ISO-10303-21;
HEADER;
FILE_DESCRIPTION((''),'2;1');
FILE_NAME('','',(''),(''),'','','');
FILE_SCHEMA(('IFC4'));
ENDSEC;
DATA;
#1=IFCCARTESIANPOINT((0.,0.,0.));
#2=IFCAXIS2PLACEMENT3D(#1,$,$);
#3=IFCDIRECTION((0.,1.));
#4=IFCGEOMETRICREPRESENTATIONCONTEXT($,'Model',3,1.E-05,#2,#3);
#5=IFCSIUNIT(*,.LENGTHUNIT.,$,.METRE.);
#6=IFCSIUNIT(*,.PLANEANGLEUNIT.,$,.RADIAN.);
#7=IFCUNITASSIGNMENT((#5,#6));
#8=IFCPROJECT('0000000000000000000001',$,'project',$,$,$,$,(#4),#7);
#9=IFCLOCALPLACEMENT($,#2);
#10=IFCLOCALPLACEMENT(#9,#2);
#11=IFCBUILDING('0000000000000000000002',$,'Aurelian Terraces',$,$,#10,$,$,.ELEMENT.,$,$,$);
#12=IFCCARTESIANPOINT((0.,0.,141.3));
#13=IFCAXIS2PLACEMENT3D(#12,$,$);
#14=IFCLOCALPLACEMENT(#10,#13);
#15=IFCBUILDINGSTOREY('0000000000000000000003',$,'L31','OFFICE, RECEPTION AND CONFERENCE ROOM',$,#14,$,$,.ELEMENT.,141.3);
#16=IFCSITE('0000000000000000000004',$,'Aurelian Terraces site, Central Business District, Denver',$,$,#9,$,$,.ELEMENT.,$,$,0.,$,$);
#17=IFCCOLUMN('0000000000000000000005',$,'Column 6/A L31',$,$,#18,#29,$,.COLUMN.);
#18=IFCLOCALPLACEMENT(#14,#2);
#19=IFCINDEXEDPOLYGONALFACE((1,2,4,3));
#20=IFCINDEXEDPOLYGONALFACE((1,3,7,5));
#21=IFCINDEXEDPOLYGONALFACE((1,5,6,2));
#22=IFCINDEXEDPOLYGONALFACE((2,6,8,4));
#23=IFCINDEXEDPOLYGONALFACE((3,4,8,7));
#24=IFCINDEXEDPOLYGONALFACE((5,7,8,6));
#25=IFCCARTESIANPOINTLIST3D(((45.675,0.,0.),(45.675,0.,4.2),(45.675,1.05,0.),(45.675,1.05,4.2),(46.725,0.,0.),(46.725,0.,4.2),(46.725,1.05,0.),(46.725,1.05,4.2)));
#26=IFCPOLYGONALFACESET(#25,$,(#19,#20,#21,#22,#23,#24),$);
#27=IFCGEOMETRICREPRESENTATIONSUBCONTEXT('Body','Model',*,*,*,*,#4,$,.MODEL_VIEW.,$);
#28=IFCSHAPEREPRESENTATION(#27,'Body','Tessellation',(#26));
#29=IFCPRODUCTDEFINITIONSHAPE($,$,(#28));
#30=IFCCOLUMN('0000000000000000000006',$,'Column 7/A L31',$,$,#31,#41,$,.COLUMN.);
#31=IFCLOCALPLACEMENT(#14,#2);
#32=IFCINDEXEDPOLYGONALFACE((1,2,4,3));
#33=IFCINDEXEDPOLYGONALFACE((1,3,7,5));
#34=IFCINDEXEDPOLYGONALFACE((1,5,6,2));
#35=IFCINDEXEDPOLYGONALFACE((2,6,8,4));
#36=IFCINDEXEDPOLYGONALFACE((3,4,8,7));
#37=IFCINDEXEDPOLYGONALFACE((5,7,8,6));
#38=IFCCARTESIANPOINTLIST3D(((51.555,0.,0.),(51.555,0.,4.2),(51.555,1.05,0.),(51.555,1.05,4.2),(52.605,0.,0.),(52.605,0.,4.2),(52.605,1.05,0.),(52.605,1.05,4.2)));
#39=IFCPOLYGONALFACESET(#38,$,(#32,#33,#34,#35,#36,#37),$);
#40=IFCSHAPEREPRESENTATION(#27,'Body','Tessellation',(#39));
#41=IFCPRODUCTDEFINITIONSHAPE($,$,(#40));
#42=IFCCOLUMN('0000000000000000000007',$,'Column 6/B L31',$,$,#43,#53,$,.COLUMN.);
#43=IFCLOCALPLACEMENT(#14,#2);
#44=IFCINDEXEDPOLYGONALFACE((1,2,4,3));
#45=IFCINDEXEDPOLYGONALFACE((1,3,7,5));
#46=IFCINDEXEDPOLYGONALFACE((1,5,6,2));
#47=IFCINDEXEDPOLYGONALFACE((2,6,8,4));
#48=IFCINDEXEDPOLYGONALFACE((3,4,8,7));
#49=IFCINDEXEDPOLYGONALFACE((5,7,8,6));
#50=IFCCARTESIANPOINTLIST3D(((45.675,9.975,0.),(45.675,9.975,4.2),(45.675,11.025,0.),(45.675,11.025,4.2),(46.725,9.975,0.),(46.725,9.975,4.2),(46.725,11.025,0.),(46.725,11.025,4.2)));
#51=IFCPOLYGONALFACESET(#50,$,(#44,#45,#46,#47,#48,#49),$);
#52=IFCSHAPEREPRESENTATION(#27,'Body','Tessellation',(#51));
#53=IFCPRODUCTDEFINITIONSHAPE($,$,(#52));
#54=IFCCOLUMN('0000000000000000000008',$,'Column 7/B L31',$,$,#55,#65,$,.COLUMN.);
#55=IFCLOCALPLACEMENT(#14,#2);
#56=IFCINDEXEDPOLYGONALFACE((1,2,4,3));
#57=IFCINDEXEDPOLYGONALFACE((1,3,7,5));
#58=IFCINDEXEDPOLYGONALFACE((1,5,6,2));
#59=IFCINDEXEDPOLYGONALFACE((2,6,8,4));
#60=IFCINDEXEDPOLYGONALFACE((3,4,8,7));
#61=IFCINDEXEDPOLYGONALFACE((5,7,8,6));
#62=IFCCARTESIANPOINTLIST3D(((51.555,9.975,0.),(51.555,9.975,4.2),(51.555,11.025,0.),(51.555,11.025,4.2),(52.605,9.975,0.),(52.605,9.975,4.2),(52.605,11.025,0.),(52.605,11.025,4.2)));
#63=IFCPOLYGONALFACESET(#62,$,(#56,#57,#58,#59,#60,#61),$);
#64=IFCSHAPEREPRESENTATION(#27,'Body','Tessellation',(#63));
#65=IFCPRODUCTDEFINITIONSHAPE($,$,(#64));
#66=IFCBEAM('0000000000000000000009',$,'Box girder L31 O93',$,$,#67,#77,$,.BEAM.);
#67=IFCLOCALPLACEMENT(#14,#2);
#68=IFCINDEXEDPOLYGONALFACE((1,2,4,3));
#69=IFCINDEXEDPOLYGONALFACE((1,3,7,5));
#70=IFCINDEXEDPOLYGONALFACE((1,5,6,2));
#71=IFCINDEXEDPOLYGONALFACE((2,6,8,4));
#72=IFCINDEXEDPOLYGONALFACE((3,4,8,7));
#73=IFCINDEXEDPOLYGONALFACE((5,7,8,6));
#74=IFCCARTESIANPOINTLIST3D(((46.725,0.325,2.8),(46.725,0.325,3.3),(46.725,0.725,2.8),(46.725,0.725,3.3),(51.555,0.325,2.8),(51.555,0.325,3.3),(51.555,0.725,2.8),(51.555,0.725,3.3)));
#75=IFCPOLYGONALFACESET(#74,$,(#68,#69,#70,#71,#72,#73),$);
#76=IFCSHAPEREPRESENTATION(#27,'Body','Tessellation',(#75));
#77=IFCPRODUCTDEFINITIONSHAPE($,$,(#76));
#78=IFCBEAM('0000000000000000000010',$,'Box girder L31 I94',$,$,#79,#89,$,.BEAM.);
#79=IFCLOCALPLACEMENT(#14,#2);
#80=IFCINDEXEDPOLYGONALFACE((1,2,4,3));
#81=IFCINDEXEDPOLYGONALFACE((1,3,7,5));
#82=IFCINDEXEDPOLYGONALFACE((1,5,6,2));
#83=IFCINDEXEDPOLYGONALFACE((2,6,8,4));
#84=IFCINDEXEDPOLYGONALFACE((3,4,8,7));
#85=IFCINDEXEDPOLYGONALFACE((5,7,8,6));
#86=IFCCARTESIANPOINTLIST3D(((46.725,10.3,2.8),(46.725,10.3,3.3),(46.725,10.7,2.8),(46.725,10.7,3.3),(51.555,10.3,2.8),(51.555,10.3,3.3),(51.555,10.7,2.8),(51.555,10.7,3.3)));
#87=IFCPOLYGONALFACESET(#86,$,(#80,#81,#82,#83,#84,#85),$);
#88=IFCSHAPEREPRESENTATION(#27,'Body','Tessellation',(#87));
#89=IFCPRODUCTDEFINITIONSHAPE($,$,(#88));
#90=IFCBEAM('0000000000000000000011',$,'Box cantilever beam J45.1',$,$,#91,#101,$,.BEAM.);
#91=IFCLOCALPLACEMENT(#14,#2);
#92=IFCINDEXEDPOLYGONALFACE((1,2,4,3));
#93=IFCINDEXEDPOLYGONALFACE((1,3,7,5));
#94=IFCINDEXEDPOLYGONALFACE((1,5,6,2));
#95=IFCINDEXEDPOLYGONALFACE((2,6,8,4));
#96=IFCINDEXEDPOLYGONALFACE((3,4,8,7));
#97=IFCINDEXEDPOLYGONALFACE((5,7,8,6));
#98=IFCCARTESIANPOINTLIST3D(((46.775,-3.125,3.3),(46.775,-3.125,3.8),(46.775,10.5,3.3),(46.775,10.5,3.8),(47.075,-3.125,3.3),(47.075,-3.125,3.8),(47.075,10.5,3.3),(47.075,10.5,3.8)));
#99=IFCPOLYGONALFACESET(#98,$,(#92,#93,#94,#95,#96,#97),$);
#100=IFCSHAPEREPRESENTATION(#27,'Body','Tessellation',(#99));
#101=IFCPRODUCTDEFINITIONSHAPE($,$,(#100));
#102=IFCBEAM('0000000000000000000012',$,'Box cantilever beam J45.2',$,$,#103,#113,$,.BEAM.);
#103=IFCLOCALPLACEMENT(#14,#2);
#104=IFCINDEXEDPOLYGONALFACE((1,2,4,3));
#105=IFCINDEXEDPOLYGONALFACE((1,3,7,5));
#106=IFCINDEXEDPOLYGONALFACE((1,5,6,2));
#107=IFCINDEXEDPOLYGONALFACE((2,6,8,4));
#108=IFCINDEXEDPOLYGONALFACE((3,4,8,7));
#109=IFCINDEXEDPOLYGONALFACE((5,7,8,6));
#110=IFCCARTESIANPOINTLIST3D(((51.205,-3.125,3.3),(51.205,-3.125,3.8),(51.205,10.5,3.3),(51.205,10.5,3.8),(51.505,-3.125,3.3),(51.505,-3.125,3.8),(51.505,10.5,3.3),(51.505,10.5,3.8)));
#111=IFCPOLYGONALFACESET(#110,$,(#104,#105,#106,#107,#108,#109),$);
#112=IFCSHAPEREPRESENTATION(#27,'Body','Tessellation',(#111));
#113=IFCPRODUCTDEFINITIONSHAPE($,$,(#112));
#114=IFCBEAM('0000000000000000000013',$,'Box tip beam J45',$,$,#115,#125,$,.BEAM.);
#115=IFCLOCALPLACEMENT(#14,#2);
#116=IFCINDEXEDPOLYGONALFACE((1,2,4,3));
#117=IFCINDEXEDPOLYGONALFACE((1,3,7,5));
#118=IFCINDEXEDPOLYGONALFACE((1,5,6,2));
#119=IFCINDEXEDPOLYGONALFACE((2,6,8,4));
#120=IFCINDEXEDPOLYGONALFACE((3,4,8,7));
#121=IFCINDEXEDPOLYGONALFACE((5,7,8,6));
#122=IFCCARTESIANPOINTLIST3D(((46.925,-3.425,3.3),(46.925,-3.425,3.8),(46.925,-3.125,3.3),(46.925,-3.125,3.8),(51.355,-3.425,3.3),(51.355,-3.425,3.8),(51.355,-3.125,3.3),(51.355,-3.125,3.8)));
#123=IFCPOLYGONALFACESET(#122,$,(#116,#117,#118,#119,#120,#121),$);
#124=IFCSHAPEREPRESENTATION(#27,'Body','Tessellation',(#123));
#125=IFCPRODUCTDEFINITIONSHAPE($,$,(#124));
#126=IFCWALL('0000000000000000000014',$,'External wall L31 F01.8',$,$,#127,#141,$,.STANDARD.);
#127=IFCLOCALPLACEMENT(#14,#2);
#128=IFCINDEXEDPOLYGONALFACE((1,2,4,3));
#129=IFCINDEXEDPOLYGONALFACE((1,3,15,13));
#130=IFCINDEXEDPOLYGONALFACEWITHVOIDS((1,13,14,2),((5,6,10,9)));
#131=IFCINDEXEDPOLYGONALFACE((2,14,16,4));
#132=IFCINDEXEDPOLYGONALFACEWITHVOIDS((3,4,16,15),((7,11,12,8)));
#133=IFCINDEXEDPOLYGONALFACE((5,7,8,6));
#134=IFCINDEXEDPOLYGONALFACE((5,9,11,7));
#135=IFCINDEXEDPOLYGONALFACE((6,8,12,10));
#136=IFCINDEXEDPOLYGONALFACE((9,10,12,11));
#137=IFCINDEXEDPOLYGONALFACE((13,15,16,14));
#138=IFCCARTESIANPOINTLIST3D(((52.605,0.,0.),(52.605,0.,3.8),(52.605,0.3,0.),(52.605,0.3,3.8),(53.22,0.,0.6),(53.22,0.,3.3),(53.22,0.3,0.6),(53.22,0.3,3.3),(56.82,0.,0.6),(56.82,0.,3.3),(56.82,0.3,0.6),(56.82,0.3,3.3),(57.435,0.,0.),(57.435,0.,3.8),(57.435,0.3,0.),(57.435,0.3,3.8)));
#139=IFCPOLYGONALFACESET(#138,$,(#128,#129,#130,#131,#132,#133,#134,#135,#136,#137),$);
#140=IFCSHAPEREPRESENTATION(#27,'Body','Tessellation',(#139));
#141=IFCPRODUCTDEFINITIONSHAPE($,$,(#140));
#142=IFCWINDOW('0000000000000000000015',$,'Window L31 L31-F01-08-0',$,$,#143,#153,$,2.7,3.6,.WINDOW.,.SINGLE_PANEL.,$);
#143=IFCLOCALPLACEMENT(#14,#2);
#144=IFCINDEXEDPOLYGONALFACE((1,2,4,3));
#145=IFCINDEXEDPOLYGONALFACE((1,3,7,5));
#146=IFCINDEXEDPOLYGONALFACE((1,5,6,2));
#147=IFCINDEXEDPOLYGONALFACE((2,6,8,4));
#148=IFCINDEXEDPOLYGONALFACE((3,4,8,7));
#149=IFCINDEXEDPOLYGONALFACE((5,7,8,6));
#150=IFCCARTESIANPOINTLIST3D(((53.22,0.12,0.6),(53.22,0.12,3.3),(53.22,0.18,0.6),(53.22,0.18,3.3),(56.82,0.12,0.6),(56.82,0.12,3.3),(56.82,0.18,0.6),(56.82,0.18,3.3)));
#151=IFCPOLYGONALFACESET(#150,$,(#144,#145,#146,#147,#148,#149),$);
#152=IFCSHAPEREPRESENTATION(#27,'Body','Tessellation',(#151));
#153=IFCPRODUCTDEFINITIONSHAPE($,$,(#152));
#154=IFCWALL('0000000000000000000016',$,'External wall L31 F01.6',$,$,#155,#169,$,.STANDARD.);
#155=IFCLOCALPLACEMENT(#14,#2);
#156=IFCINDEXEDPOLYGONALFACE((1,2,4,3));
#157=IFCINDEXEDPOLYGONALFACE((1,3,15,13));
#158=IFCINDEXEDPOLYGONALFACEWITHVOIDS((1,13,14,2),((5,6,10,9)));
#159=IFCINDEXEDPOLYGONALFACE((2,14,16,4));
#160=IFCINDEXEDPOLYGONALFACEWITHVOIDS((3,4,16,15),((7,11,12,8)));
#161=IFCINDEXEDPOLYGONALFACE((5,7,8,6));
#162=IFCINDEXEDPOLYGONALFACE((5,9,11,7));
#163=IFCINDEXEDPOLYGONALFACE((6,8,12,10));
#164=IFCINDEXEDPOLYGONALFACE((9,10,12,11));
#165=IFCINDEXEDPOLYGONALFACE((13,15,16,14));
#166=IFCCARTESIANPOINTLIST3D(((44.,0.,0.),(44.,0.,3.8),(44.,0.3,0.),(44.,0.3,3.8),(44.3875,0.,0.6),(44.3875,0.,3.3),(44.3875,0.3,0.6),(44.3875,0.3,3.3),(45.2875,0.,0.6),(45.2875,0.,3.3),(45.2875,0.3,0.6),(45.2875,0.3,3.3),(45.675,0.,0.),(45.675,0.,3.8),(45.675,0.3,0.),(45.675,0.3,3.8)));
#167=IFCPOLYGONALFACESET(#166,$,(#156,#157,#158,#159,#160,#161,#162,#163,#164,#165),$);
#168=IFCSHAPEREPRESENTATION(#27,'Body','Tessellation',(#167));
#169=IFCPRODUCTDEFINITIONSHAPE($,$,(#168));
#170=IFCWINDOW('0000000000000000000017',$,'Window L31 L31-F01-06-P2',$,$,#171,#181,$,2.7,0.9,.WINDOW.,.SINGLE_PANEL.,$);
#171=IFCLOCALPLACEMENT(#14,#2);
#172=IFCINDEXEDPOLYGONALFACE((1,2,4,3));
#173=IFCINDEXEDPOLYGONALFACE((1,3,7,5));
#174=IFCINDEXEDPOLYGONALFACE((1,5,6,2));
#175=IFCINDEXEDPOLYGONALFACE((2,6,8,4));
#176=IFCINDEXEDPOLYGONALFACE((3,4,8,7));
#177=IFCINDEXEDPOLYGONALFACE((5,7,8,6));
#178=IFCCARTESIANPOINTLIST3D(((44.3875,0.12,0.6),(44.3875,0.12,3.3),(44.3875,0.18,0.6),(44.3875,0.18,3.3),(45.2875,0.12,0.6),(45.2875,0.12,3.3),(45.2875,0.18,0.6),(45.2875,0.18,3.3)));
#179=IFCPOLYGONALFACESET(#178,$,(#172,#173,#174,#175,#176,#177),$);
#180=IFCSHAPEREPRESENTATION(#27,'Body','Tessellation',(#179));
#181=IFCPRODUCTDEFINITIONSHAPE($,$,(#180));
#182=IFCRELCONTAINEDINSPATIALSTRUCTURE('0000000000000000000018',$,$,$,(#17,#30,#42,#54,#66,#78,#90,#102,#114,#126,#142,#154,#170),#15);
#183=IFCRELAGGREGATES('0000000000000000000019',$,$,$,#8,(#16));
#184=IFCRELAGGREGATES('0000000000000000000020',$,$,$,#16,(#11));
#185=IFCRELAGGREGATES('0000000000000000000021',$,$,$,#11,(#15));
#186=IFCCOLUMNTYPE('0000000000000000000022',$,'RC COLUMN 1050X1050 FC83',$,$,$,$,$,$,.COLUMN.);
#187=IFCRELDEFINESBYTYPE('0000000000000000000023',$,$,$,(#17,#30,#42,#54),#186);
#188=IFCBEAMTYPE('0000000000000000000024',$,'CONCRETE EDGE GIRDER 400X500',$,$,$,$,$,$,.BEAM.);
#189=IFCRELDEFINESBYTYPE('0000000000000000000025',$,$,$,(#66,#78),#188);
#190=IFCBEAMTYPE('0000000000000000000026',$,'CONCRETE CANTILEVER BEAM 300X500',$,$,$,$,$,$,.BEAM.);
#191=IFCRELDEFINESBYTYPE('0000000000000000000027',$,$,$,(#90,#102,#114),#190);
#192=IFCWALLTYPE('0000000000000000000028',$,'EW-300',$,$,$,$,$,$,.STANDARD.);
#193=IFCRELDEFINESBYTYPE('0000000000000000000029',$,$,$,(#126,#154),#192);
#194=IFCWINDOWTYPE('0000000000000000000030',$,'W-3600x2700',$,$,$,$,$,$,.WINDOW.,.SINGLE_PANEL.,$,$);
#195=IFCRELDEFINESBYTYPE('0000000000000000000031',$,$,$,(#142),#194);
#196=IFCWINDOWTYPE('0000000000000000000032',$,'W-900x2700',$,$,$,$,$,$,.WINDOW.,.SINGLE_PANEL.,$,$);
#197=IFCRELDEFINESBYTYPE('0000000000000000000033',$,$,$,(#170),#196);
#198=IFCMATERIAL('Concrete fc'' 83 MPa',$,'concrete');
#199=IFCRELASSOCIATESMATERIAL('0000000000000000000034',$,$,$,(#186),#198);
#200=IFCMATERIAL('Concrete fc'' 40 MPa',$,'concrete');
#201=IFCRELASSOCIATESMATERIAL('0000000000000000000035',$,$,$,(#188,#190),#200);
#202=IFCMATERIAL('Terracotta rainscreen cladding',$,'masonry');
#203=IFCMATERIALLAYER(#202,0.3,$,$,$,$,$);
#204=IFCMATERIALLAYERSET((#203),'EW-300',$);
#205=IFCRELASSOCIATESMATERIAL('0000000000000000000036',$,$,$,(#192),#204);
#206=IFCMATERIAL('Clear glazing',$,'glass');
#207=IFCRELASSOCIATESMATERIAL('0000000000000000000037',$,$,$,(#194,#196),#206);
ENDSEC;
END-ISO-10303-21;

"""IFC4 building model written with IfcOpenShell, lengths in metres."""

from ifc_helpers import new_model, si_unit, direction, frame, frame_2d, origin, origin_2d, place, context, subcontext, project, spatial, rectangle, extrude, source, transform, mapped, material, layer, layer_set, material_profile, profile_set, type_object, element, fill, save


model = new_model("IFC4")

# Units and contexts
model_context = context("Model", 3, precision=1e-05, world=origin(), true_north=direction((0.0, 1.0)))
body_context = subcontext(model_context, "Body", "Model", "MODEL_VIEW")
ifc_project = project(units=[si_unit("LENGTHUNIT", "METRE"), si_unit("PLANEANGLEUNIT", "RADIAN")], contexts=[model_context])

# Site, building, storey
site_placement = place(None, origin())
site = spatial("IfcSite", under=ifc_project, at=site_placement, Name="Aurelian Terraces site, Central Business District, Denver", CompositionType="ELEMENT", RefElevation=0.0)
building_placement = place(site_placement, origin())
building = spatial("IfcBuilding", under=site, at=building_placement, Name="Aurelian Terraces", CompositionType="ELEMENT")
storey_placement = place(building_placement, frame((0.0, 0.0, 141.3)))
storey = spatial("IfcBuildingStorey", under=building, at=storey_placement, Name="L31", Description="OFFICE, RECEPTION AND CONFERENCE ROOM", CompositionType="ELEMENT", Elevation=141.3)

# Columns
ifc_material_1 = material(Name="Concrete fc' 83 MPa", Category="concrete")
ifc_material_profile_1 = material_profile(ifc_material_1, rectangle(XDim=1.05, YDim=1.05, at=origin_2d()))
ifc_profile_set_1 = profile_set([ifc_material_profile_1], Name="Concrete fc' 83 MPa")
column_type = type_object("IfcColumnType", Name="RC COLUMN 1050X1050 FC83", PredefinedType="COLUMN", material=ifc_profile_set_1)
shared_shape_1 = source(origin(), body_context, "Body", "SweptSolid", [
    extrude(rectangle(XDim=1.05, YDim=1.05, at=origin_2d()), origin(), (0.0, 0.0, 1.0), 4.2),
])
for number, where, z_axis, x_axis, name in (
    (1, (46.2, 0.525, 0.0), (0.0, 0.0, 1.0), (1.0, 0.0, 0.0), "Column 6/A L31"),
    (2, (52.08, 0.525, 0.0), (0.0, 0.0, 1.0), (1.0, 0.0, 0.0), "Column 7/A L31"),
    (3, (46.2, 10.5, 0.0), (0.0, 0.0, 1.0), (1.0, 0.0, 0.0), "Column 6/B L31"),
    (4, (52.08, 10.5, 0.0), (0.0, 0.0, 1.0), (1.0, 0.0, 0.0), "Column 7/B L31"),
):
    element("IfcColumn", number, at=place(storey_placement, frame(where, z_axis=z_axis, x_axis=x_axis)), inside=storey, type_object=column_type, Name=name, PredefinedType="COLUMN", context=body_context, shape_type="MappedRepresentation", body=[
        mapped(shared_shape_1, transform((0.0, 0.0, 0.0), scale=1.0)),
    ])

# Beams
ifc_material_2 = material(Name="Concrete fc' 40 MPa", Category="concrete")
ifc_material_profile_2 = material_profile(ifc_material_2, rectangle(XDim=0.4, YDim=0.5, at=origin_2d()))
ifc_profile_set_2 = profile_set([ifc_material_profile_2], Name="Concrete fc' 40 MPa")
beam_type_1 = type_object("IfcBeamType", Name="CONCRETE EDGE GIRDER 400X500", PredefinedType="BEAM", material=ifc_profile_set_2)
shared_shape_2 = source(origin(), body_context, "Body", "SweptSolid", [
    extrude(rectangle(XDim=0.4, YDim=0.5, at=origin_2d()), origin(), (0.0, 0.0, 1.0), 4.83),
])
for number, where, z_axis, x_axis, name in (
    (5, (46.725, 0.525, 3.05), (1.0, 0.0, 0.0), (0.0, 1.0, 0.0), "Box girder L31 O93"),
    (6, (46.725, 10.5, 3.05), (1.0, 0.0, 0.0), (0.0, 1.0, 0.0), "Box girder L31 I94"),
):
    element("IfcBeam", number, at=place(storey_placement, frame(where, z_axis=z_axis, x_axis=x_axis)), inside=storey, type_object=beam_type_1, Name=name, PredefinedType="BEAM", context=body_context, shape_type="MappedRepresentation", body=[
        mapped(shared_shape_2, transform((0.0, 0.0, 0.0), scale=1.0)),
    ])
ifc_material_profile_3 = material_profile(ifc_material_2, rectangle(XDim=0.3, YDim=0.5, at=origin_2d()))
ifc_profile_set_3 = profile_set([ifc_material_profile_3], Name="Concrete fc' 40 MPa")
beam_type_2 = type_object("IfcBeamType", Name="CONCRETE CANTILEVER BEAM 300X500", PredefinedType="BEAM", material=ifc_profile_set_3)
shared_shape_3 = source(origin(), body_context, "Body", "SweptSolid", [
    extrude(rectangle(XDim=0.3, YDim=0.5, at=origin_2d()), origin(), (0.0, 0.0, 1.0), 13.625),
])
for number, where, z_axis, x_axis, name in (
    (7, (46.925, -3.125, 3.55), (0.0, 1.0, 0.0), (-1.0, 0.0, 0.0), "Box cantilever beam J45.1"),
    (8, (51.355, -3.125, 3.55), (0.0, 1.0, 0.0), (-1.0, 0.0, 0.0), "Box cantilever beam J45.2"),
):
    element("IfcBeam", number, at=place(storey_placement, frame(where, z_axis=z_axis, x_axis=x_axis)), inside=storey, type_object=beam_type_2, Name=name, PredefinedType="BEAM", context=body_context, shape_type="MappedRepresentation", body=[
        mapped(shared_shape_3, transform((0.0, 0.0, 0.0), scale=1.0)),
    ])
shared_shape_4 = source(origin(), body_context, "Body", "SweptSolid", [
    extrude(rectangle(XDim=0.3, YDim=0.5, at=origin_2d()), origin(), (0.0, 0.0, 1.0), 4.43),
])
beam_placement = place(storey_placement, frame((46.925, -3.275, 3.55), z_axis=(1.0, 0.0, 0.0), x_axis=(0.0, 1.0, 0.0)))
element("IfcBeam", 9, at=beam_placement, inside=storey, type_object=beam_type_2, Name="Box tip beam J45", PredefinedType="BEAM", context=body_context, shape_type="MappedRepresentation", body=[
    mapped(shared_shape_4, transform((0.0, 0.0, 0.0), scale=1.0)),
])

# Walls, openings, windows
ifc_material_3 = material(Name="Terracotta rainscreen cladding", Category="masonry")
ifc_layer_1 = layer(ifc_material_3, 0.3)
ifc_layer_set_1 = layer_set([ifc_layer_1], Name="EW-300")
wall_type_1 = type_object("IfcWallType", Name="EW-300", PredefinedType="STANDARD", material=ifc_layer_set_1)
shared_shape_5 = source(origin(), body_context, "Body", "SweptSolid", [
    extrude(rectangle(XDim=4.83, YDim=0.3, at=frame_2d((2.415, 0.0))), origin(), (0.0, 0.0, 1.0), 3.8),
])
wall_1_placement = place(storey_placement, frame((52.605, 0.15, 0.0), z_axis=(0.0, 0.0, 1.0), x_axis=(1.0, 0.0, 0.0)))
wall_1 = element("IfcWall", 10, at=wall_1_placement, inside=storey, type_object=wall_type_1, Name="External wall L31 F01.8", PredefinedType="STANDARD", context=body_context, shape_type="MappedRepresentation", body=[
    mapped(shared_shape_5, transform((0.0, 0.0, 0.0), scale=1.0)),
])
shared_shape_6 = source(origin(), body_context, "Body", "SweptSolid", [
    extrude(rectangle(XDim=3.6, YDim=2.7, at=frame_2d((1.8, 1.35))), frame((0.0, 0.16, 0.0), z_axis=(0.0, -1.0, 0.0), x_axis=(1.0, 0.0, 0.0)), (0.0, 0.0, 1.0), 0.32),
])
opening_1_placement = place(wall_1_placement, frame((0.615, 0.0, 0.6)))
opening_1 = element("IfcOpeningElement", 11, at=opening_1_placement, cuts=wall_1, PredefinedType="OPENING", context=body_context, shape_type="MappedRepresentation", body=[
    mapped(shared_shape_6, transform((0.0, 0.0, 0.0), scale=1.0)),
])
ifc_material_4 = material(Name="Clear glazing", Category="glass")
window_type_1 = type_object("IfcWindowType", Name="W-3600x2700", PartitioningType="SINGLE_PANEL", PredefinedType="WINDOW", material=ifc_material_4)
shared_shape_7 = source(origin(), body_context, "Body", "SweptSolid", [
    extrude(rectangle(XDim=3.6, YDim=2.7, at=frame_2d((1.8, 1.35))), frame((0.0, 0.03, 0.0), z_axis=(0.0, -1.0, 0.0), x_axis=(1.0, 0.0, 0.0)), (0.0, 0.0, 1.0), 0.06),
])
window_1_placement = place(opening_1_placement, origin())
window_1 = element("IfcWindow", 12, at=window_1_placement, inside=storey, type_object=window_type_1, Name="Window L31 L31-F01-08-0", OverallHeight=2.7, OverallWidth=3.6, PartitioningType="SINGLE_PANEL", PredefinedType="WINDOW", context=body_context, shape_type="MappedRepresentation", body=[
    mapped(shared_shape_7, transform((0.0, 0.0, 0.0), scale=1.0)),
])
fill(opening_1, window_1)
shared_shape_8 = source(origin(), body_context, "Body", "SweptSolid", [
    extrude(rectangle(XDim=1.675, YDim=0.3, at=frame_2d((0.8375, 0.0))), origin(), (0.0, 0.0, 1.0), 3.8),
])
wall_2_placement = place(storey_placement, frame((44.0, 0.15, 0.0), z_axis=(0.0, 0.0, 1.0), x_axis=(1.0, 0.0, 0.0)))
wall_2 = element("IfcWall", 13, at=wall_2_placement, inside=storey, type_object=wall_type_1, Name="External wall L31 F01.6", PredefinedType="STANDARD", context=body_context, shape_type="MappedRepresentation", body=[
    mapped(shared_shape_8, transform((0.0, 0.0, 0.0), scale=1.0)),
])
shared_shape_9 = source(origin(), body_context, "Body", "SweptSolid", [
    extrude(rectangle(XDim=0.9, YDim=2.7, at=frame_2d((0.45, 1.35))), frame((0.0, 0.16, 0.0), z_axis=(0.0, -1.0, 0.0), x_axis=(1.0, 0.0, 0.0)), (0.0, 0.0, 1.0), 0.32),
])
opening_2_placement = place(wall_2_placement, frame((0.3875, 0.0, 0.6)))
opening_2 = element("IfcOpeningElement", 14, at=opening_2_placement, cuts=wall_2, PredefinedType="OPENING", context=body_context, shape_type="MappedRepresentation", body=[
    mapped(shared_shape_9, transform((0.0, 0.0, 0.0), scale=1.0)),
])
window_type_2 = type_object("IfcWindowType", Name="W-900x2700", PartitioningType="SINGLE_PANEL", PredefinedType="WINDOW", material=ifc_material_4)
shared_shape_10 = source(origin(), body_context, "Body", "SweptSolid", [
    extrude(rectangle(XDim=0.9, YDim=2.7, at=frame_2d((0.45, 1.35))), frame((0.0, 0.03, 0.0), z_axis=(0.0, -1.0, 0.0), x_axis=(1.0, 0.0, 0.0)), (0.0, 0.0, 1.0), 0.06),
])
window_2_placement = place(opening_2_placement, origin())
window_2 = element("IfcWindow", 15, at=window_2_placement, inside=storey, type_object=window_type_2, Name="Window L31 L31-F01-06-P2", OverallHeight=2.7, OverallWidth=0.9, PartitioningType="SINGLE_PANEL", PredefinedType="WINDOW", context=body_context, shape_type="MappedRepresentation", body=[
    mapped(shared_shape_10, transform((0.0, 0.0, 0.0), scale=1.0)),
])
fill(opening_2, window_2)

save(model, "model.ifc")
